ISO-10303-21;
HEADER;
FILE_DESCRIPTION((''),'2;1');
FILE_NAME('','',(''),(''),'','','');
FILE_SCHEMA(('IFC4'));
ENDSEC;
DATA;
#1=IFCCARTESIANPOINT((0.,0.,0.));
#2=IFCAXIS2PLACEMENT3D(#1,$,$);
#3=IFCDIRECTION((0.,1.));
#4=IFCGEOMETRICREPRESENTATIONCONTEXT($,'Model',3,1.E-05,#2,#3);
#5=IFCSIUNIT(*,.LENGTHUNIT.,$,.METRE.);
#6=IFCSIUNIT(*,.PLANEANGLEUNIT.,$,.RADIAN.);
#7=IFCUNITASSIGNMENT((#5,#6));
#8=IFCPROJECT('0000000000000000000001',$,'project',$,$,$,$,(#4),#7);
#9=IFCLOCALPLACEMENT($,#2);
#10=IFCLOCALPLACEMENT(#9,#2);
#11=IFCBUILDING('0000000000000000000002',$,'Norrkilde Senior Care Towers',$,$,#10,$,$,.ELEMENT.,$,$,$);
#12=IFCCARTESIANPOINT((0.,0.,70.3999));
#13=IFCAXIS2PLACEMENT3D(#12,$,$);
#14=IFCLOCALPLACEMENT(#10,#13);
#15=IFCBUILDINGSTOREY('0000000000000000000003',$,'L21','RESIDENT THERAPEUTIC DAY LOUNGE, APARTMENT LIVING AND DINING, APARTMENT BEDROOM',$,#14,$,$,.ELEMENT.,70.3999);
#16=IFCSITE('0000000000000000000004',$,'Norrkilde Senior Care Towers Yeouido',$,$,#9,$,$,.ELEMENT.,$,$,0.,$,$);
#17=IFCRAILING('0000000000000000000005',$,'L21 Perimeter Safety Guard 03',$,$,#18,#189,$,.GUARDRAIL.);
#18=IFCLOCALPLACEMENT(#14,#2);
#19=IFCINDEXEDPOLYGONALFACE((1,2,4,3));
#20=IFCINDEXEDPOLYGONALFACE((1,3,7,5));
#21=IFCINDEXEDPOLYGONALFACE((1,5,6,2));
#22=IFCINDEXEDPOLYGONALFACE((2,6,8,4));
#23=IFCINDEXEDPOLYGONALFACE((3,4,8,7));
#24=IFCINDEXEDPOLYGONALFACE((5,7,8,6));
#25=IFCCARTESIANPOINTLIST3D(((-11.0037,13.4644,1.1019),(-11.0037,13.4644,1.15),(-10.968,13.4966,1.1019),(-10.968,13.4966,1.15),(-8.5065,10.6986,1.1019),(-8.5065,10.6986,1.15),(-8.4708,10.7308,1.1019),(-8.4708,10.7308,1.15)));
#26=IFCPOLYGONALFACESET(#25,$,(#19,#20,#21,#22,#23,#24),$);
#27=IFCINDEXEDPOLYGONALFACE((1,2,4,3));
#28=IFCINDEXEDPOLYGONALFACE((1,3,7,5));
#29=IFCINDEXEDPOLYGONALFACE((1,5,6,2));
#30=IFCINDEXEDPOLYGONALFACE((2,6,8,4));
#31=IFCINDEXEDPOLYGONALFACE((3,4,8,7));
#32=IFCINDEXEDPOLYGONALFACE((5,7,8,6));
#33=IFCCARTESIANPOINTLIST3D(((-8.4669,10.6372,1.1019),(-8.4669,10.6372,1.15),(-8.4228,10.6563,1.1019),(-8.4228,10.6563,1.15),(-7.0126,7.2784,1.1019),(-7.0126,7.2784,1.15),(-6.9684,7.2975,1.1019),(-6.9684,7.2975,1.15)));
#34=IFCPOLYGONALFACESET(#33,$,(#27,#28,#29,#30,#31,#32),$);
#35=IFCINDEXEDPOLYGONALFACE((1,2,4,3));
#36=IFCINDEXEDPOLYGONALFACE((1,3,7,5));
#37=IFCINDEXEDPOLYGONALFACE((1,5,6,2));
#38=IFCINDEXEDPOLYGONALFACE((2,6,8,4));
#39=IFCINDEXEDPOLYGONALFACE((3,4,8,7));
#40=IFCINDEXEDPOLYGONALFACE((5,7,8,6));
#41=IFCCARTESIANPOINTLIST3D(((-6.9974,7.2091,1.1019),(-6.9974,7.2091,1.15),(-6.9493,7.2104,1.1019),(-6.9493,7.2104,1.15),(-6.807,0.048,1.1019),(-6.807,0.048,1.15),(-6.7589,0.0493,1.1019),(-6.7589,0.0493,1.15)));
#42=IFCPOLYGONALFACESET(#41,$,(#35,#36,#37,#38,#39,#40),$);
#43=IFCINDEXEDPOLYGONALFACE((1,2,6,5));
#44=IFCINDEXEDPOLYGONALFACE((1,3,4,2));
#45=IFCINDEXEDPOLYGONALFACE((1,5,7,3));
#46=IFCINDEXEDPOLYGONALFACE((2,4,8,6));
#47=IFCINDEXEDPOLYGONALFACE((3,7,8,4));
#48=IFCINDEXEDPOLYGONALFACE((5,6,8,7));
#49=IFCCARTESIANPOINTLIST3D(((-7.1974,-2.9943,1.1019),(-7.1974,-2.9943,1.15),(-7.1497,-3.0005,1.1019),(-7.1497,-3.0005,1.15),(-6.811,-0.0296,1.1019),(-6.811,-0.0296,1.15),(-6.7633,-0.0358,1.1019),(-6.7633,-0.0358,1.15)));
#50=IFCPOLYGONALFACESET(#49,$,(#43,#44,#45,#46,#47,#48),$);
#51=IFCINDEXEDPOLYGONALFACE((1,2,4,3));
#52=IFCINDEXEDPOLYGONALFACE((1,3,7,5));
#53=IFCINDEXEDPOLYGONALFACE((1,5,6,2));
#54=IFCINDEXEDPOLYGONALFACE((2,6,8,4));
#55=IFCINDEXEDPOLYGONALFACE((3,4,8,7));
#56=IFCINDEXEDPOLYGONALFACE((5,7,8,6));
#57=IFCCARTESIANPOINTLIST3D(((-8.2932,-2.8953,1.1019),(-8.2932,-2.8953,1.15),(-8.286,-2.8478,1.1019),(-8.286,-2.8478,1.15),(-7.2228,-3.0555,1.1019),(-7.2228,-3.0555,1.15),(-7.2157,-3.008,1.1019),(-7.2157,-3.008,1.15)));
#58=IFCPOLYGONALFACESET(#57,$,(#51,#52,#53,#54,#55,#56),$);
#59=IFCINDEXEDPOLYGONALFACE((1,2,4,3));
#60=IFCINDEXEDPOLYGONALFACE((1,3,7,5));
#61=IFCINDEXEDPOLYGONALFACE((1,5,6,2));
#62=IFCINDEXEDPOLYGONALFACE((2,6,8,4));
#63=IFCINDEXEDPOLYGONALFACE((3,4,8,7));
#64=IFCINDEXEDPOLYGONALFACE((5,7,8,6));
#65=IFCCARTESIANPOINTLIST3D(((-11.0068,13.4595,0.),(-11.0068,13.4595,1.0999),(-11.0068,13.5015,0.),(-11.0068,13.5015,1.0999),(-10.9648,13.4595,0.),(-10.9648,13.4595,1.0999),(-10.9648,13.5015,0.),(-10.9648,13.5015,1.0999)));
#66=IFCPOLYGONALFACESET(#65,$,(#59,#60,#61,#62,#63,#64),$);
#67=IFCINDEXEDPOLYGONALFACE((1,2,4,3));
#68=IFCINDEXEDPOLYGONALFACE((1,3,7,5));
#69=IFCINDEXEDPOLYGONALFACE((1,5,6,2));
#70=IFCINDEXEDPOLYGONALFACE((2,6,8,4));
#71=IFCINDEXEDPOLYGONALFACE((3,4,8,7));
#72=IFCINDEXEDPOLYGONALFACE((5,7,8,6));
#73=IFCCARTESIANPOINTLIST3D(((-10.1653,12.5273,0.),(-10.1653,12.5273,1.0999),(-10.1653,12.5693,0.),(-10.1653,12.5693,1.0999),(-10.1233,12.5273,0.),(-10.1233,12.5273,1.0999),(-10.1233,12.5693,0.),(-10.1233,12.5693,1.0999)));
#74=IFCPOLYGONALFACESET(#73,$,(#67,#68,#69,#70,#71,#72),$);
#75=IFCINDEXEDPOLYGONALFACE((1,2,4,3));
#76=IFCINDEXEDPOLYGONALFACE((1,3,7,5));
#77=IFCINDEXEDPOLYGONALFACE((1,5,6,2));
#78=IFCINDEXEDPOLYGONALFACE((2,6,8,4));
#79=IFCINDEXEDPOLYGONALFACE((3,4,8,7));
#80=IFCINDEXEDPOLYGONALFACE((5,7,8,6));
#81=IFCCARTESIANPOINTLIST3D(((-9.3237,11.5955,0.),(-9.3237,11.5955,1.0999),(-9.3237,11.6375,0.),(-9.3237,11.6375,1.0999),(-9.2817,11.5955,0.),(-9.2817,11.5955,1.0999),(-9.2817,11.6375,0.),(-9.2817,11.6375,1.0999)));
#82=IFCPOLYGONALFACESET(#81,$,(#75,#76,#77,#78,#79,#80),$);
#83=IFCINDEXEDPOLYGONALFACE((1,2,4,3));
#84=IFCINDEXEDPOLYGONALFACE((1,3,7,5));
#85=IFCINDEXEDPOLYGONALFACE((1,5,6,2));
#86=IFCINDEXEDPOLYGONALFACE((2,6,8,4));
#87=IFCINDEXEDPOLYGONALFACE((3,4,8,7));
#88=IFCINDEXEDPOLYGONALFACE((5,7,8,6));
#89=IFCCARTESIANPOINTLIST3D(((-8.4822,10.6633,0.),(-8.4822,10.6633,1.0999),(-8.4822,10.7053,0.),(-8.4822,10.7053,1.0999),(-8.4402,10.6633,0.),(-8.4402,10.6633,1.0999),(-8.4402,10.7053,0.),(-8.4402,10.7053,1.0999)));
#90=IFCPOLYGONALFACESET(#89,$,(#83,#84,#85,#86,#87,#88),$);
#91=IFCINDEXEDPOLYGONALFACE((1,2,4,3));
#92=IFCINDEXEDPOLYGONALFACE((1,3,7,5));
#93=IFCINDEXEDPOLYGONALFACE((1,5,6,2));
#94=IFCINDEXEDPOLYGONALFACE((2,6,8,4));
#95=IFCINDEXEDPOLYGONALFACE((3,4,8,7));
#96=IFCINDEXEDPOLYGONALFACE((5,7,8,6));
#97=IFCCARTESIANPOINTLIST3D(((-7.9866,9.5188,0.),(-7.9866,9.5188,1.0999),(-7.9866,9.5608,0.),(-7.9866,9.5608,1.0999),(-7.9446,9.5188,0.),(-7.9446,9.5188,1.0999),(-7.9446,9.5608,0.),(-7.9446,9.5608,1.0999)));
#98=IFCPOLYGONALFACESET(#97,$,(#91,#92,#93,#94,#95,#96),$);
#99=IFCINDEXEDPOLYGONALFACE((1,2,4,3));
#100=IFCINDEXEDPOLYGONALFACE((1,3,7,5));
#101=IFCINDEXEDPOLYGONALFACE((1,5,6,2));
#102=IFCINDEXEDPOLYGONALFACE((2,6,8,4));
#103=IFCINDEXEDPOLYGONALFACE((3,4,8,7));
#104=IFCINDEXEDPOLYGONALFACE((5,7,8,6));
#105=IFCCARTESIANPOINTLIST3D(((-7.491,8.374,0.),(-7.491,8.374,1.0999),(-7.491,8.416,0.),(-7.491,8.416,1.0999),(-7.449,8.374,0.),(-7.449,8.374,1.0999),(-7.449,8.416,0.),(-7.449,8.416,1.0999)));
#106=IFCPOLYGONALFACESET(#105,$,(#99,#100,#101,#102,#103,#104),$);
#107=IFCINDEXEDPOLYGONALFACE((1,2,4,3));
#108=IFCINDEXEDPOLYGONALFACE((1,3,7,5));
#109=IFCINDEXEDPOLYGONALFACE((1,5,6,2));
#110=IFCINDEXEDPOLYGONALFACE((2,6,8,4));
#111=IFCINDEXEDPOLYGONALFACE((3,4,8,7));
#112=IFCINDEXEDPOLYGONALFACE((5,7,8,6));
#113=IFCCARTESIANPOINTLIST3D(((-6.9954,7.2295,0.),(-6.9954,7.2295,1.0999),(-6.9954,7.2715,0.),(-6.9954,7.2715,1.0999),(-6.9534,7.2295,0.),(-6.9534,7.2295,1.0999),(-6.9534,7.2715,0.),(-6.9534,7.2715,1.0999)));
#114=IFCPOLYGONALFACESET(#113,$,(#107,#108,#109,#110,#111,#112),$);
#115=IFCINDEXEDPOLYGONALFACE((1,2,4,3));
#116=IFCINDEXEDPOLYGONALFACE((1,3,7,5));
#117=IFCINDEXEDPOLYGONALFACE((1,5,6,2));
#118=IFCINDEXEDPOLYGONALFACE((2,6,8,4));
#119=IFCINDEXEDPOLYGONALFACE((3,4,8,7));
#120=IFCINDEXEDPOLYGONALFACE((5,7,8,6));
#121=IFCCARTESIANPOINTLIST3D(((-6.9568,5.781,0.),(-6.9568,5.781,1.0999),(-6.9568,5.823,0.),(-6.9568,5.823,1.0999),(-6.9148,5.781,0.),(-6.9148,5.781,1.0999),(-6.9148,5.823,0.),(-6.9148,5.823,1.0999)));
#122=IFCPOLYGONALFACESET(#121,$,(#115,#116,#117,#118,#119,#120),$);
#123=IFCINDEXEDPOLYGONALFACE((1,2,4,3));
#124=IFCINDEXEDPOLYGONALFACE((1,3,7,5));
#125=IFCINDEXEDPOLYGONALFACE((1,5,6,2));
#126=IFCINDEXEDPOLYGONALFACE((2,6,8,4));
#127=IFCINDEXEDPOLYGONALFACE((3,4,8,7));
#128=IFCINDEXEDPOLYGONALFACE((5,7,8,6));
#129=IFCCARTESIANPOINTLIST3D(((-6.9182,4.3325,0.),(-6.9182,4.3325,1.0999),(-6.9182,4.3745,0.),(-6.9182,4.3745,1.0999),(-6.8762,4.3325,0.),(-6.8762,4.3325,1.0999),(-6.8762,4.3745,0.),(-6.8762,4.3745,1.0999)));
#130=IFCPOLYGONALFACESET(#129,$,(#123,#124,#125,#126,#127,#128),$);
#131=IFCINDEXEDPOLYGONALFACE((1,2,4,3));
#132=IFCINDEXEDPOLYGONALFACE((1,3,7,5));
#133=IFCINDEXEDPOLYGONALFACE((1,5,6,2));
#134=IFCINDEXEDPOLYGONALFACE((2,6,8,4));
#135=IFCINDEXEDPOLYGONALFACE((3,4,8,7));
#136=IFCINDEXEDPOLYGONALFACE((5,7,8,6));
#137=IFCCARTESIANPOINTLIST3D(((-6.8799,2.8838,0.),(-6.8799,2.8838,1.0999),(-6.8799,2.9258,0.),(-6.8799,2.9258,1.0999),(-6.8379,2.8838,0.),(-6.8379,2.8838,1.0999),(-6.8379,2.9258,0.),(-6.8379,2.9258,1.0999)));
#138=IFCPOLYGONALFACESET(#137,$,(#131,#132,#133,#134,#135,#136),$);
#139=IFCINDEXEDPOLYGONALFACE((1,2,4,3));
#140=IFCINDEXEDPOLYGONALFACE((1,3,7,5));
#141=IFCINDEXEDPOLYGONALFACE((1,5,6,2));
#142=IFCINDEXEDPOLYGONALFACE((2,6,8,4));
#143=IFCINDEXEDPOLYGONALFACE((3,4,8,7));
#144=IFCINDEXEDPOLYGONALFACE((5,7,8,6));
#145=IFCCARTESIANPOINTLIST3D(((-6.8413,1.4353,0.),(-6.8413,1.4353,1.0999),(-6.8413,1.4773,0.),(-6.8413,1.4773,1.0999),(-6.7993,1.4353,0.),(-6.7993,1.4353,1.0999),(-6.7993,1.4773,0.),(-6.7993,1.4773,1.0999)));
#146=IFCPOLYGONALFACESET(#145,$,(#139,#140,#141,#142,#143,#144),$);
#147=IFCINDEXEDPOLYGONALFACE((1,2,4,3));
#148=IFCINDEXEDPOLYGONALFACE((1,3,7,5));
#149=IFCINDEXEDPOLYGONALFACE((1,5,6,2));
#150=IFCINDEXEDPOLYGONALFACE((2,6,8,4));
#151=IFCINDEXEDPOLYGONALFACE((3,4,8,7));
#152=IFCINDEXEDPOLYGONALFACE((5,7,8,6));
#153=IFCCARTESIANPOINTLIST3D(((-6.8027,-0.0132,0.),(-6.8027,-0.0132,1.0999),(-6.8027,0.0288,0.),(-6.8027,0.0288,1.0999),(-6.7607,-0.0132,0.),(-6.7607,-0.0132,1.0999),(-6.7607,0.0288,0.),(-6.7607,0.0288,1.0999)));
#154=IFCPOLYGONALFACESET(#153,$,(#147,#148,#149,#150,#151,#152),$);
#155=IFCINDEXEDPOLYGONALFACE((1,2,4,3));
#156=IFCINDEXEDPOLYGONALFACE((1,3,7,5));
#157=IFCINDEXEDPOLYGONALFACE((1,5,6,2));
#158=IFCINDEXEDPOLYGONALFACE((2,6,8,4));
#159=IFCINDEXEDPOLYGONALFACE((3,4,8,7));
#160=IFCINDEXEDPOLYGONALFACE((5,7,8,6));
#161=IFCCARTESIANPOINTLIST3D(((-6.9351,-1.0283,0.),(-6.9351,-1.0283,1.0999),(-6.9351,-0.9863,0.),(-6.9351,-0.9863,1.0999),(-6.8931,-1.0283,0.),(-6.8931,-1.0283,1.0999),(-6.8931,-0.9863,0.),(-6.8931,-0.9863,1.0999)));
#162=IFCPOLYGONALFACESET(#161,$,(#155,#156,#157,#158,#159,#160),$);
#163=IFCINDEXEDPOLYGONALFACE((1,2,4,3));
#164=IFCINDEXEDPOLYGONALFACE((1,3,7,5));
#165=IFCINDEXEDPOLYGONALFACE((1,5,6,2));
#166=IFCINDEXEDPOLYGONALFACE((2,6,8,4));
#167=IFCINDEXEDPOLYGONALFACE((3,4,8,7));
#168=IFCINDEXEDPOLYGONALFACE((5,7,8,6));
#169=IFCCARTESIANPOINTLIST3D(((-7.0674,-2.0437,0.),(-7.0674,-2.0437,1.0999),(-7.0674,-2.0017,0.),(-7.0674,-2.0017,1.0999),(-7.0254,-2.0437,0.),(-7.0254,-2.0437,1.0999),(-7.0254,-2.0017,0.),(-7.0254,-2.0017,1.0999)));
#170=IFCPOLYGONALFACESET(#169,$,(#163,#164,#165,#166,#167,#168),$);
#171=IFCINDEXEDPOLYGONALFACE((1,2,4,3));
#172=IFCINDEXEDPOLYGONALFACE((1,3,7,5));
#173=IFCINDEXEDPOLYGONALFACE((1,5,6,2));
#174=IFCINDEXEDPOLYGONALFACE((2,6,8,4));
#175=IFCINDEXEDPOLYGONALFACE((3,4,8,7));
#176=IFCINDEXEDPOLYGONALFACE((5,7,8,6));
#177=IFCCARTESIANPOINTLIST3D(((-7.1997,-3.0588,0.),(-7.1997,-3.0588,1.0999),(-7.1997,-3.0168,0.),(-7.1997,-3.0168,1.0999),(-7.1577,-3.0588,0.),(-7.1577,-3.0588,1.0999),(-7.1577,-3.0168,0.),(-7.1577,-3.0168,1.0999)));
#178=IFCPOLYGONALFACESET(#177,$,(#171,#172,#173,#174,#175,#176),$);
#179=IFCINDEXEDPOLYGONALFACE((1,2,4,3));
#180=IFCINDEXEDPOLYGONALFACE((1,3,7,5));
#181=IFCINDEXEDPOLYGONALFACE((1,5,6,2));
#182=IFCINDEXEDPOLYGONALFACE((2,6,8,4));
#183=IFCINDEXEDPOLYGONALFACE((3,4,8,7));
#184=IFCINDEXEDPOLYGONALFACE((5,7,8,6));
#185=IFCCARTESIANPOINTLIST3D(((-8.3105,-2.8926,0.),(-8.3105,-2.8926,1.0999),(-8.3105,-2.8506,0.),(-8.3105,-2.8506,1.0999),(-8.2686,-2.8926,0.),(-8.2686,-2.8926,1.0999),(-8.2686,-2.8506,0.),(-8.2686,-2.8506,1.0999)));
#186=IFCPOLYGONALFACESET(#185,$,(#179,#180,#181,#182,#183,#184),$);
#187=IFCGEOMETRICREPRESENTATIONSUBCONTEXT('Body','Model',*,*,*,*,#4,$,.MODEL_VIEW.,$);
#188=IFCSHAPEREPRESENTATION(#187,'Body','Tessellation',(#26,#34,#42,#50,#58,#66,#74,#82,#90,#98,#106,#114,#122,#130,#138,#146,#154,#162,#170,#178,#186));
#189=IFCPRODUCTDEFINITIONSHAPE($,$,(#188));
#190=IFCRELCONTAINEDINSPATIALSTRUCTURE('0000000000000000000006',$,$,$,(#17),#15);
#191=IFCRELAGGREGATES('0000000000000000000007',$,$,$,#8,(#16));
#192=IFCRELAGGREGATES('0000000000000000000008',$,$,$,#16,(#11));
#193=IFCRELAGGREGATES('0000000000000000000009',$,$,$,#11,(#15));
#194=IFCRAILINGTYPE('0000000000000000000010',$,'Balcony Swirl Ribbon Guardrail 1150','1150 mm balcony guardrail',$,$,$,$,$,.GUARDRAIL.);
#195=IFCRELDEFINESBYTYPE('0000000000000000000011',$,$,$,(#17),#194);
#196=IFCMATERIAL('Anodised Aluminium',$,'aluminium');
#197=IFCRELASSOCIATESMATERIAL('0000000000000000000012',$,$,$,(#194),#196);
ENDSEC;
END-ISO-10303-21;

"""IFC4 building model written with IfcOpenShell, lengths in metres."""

from ifc_helpers import new_model, si_unit, direction, frame, origin, origin_2d, place, context, subcontext, project, spatial, rectangle, extrude, material, type_object, element, save


model = new_model("IFC4")

# Units and contexts
model_context = context("Model", 3, precision=1e-05, world=origin(), true_north=direction((0.0, 1.0)))
body_context = subcontext(model_context, "Body", "Model", "MODEL_VIEW")
ifc_project = project(units=[si_unit("LENGTHUNIT", "METRE"), si_unit("PLANEANGLEUNIT", "RADIAN")], contexts=[model_context])

# Site, building, storey
site_placement = place(None, origin())
site = spatial("IfcSite", under=ifc_project, at=site_placement, Name="Norrkilde Senior Care Towers Yeouido", CompositionType="ELEMENT", RefElevation=0.0)
building_placement = place(site_placement, origin())
building = spatial("IfcBuilding", under=site, at=building_placement, Name="Norrkilde Senior Care Towers", CompositionType="ELEMENT")
storey_placement = place(building_placement, frame((0.0, 0.0, 70.3999)))
storey = spatial("IfcBuildingStorey", under=building, at=storey_placement, Name="L21", Description="RESIDENT THERAPEUTIC DAY LOUNGE, APARTMENT LIVING AND DINING, APARTMENT BEDROOM", CompositionType="ELEMENT", Elevation=70.3999)

# Shared definitions
ifc_material_1 = material(Name="Anodised Aluminium", Category="aluminium")

# Railing
railing_type = type_object("IfcRailingType", Name="Balcony Swirl Ribbon Guardrail 1150", Description="1150 mm balcony guardrail", PredefinedType="GUARDRAIL", material=ifc_material_1)
railing_1_placement = place(storey_placement, frame((-10.9858, 13.4805, 0.0)))
element("IfcRailing", 1, at=railing_1_placement, inside=storey, type_object=railing_type, Name="L21 Perimeter Safety Guard 03", PredefinedType="GUARDRAIL", context=body_context, shape_type="SweptSolid", body=[
    extrude(rectangle(XDim=0.0481, YDim=0.0481, at=origin_2d()), frame((0.0, 0.0, 1.126), z_axis=(0.670156, -0.74222, 0.0), x_axis=(0.74222, 0.670156, 0.0)), (0.0, 0.0, 1.0), 3.7263),
    extrude(rectangle(XDim=0.0481, YDim=0.0481, at=origin_2d()), frame((2.541, -2.8337, 1.126), z_axis=(0.397342, -0.917671, 0.0), x_axis=(0.917671, 0.397342, 0.0)), (0.0, 0.0, 1.0), 3.6602),
    extrude(rectangle(XDim=0.0481, YDim=0.0481, at=origin_2d()), frame((4.0125, -6.2708, 1.126), z_axis=(0.026587, -0.999647, 0.0), x_axis=(0.999647, 0.026587, 0.0)), (0.0, 0.0, 1.0), 7.1636),
    extrude(rectangle(XDim=0.0481, YDim=0.0481, at=origin_2d()), frame((4.1987, -13.5132, 1.126), z_axis=(-0.129247, -0.991612, 0.0), x_axis=(0.991612, -0.129247, 0.0)), (0.0, 0.0, 1.0), 2.9897),
    extrude(rectangle(XDim=0.0481, YDim=0.0481, at=origin_2d()), frame((3.7666, -16.5122, 1.126), z_axis=(-0.988984, 0.148022, 0.0), x_axis=(-0.148022, -0.988984, 0.0)), (0.0, 0.0, 1.0), 1.0823),
    extrude(rectangle(XDim=0.042, YDim=0.042, at=origin_2d()), origin(), (0.0, 0.0, 1.0), 1.0999),
    extrude(rectangle(XDim=0.042, YDim=0.042, at=origin_2d()), frame((0.8416, -0.9321, 0.0)), (0.0, 0.0, 1.0), 1.0999),
    extrude(rectangle(XDim=0.042, YDim=0.042, at=origin_2d()), frame((1.6831, -1.864, 0.0)), (0.0, 0.0, 1.0), 1.0999),
    extrude(rectangle(XDim=0.042, YDim=0.042, at=origin_2d()), frame((2.5247, -2.7961, 0.0)), (0.0, 0.0, 1.0), 1.0999),
    extrude(rectangle(XDim=0.042, YDim=0.042, at=origin_2d()), frame((3.0203, -3.9407, 0.0)), (0.0, 0.0, 1.0), 1.0999),
    extrude(rectangle(XDim=0.042, YDim=0.042, at=origin_2d()), frame((3.5159, -5.0854, 0.0)), (0.0, 0.0, 1.0), 1.0999),
    extrude(rectangle(XDim=0.042, YDim=0.042, at=origin_2d()), frame((4.0115, -6.23, 0.0)), (0.0, 0.0, 1.0), 1.0999),
    extrude(rectangle(XDim=0.042, YDim=0.042, at=origin_2d()), frame((4.05, -7.6785, 0.0)), (0.0, 0.0, 1.0), 1.0999),
    extrude(rectangle(XDim=0.042, YDim=0.042, at=origin_2d()), frame((4.0886, -9.127, 0.0)), (0.0, 0.0, 1.0), 1.0999),
    extrude(rectangle(XDim=0.042, YDim=0.042, at=origin_2d()), frame((4.127, -10.5757, 0.0)), (0.0, 0.0, 1.0), 1.0999),
    extrude(rectangle(XDim=0.042, YDim=0.042, at=origin_2d()), frame((4.1655, -12.0242, 0.0)), (0.0, 0.0, 1.0), 1.0999),
    extrude(rectangle(XDim=0.042, YDim=0.042, at=origin_2d()), frame((4.2041, -13.4727, 0.0)), (0.0, 0.0, 1.0), 1.0999),
    extrude(rectangle(XDim=0.042, YDim=0.042, at=origin_2d()), frame((4.0718, -14.4878, 0.0)), (0.0, 0.0, 1.0), 1.0999),
    extrude(rectangle(XDim=0.042, YDim=0.042, at=origin_2d()), frame((3.9395, -15.5032, 0.0)), (0.0, 0.0, 1.0), 1.0999),
    extrude(rectangle(XDim=0.042, YDim=0.042, at=origin_2d()), frame((3.8071, -16.5183, 0.0)), (0.0, 0.0, 1.0), 1.0999),
    extrude(rectangle(XDim=0.042, YDim=0.042, at=origin_2d()), frame((2.6963, -16.3521, 0.0)), (0.0, 0.0, 1.0), 1.0999),
])

save(model, "model.ifc")
